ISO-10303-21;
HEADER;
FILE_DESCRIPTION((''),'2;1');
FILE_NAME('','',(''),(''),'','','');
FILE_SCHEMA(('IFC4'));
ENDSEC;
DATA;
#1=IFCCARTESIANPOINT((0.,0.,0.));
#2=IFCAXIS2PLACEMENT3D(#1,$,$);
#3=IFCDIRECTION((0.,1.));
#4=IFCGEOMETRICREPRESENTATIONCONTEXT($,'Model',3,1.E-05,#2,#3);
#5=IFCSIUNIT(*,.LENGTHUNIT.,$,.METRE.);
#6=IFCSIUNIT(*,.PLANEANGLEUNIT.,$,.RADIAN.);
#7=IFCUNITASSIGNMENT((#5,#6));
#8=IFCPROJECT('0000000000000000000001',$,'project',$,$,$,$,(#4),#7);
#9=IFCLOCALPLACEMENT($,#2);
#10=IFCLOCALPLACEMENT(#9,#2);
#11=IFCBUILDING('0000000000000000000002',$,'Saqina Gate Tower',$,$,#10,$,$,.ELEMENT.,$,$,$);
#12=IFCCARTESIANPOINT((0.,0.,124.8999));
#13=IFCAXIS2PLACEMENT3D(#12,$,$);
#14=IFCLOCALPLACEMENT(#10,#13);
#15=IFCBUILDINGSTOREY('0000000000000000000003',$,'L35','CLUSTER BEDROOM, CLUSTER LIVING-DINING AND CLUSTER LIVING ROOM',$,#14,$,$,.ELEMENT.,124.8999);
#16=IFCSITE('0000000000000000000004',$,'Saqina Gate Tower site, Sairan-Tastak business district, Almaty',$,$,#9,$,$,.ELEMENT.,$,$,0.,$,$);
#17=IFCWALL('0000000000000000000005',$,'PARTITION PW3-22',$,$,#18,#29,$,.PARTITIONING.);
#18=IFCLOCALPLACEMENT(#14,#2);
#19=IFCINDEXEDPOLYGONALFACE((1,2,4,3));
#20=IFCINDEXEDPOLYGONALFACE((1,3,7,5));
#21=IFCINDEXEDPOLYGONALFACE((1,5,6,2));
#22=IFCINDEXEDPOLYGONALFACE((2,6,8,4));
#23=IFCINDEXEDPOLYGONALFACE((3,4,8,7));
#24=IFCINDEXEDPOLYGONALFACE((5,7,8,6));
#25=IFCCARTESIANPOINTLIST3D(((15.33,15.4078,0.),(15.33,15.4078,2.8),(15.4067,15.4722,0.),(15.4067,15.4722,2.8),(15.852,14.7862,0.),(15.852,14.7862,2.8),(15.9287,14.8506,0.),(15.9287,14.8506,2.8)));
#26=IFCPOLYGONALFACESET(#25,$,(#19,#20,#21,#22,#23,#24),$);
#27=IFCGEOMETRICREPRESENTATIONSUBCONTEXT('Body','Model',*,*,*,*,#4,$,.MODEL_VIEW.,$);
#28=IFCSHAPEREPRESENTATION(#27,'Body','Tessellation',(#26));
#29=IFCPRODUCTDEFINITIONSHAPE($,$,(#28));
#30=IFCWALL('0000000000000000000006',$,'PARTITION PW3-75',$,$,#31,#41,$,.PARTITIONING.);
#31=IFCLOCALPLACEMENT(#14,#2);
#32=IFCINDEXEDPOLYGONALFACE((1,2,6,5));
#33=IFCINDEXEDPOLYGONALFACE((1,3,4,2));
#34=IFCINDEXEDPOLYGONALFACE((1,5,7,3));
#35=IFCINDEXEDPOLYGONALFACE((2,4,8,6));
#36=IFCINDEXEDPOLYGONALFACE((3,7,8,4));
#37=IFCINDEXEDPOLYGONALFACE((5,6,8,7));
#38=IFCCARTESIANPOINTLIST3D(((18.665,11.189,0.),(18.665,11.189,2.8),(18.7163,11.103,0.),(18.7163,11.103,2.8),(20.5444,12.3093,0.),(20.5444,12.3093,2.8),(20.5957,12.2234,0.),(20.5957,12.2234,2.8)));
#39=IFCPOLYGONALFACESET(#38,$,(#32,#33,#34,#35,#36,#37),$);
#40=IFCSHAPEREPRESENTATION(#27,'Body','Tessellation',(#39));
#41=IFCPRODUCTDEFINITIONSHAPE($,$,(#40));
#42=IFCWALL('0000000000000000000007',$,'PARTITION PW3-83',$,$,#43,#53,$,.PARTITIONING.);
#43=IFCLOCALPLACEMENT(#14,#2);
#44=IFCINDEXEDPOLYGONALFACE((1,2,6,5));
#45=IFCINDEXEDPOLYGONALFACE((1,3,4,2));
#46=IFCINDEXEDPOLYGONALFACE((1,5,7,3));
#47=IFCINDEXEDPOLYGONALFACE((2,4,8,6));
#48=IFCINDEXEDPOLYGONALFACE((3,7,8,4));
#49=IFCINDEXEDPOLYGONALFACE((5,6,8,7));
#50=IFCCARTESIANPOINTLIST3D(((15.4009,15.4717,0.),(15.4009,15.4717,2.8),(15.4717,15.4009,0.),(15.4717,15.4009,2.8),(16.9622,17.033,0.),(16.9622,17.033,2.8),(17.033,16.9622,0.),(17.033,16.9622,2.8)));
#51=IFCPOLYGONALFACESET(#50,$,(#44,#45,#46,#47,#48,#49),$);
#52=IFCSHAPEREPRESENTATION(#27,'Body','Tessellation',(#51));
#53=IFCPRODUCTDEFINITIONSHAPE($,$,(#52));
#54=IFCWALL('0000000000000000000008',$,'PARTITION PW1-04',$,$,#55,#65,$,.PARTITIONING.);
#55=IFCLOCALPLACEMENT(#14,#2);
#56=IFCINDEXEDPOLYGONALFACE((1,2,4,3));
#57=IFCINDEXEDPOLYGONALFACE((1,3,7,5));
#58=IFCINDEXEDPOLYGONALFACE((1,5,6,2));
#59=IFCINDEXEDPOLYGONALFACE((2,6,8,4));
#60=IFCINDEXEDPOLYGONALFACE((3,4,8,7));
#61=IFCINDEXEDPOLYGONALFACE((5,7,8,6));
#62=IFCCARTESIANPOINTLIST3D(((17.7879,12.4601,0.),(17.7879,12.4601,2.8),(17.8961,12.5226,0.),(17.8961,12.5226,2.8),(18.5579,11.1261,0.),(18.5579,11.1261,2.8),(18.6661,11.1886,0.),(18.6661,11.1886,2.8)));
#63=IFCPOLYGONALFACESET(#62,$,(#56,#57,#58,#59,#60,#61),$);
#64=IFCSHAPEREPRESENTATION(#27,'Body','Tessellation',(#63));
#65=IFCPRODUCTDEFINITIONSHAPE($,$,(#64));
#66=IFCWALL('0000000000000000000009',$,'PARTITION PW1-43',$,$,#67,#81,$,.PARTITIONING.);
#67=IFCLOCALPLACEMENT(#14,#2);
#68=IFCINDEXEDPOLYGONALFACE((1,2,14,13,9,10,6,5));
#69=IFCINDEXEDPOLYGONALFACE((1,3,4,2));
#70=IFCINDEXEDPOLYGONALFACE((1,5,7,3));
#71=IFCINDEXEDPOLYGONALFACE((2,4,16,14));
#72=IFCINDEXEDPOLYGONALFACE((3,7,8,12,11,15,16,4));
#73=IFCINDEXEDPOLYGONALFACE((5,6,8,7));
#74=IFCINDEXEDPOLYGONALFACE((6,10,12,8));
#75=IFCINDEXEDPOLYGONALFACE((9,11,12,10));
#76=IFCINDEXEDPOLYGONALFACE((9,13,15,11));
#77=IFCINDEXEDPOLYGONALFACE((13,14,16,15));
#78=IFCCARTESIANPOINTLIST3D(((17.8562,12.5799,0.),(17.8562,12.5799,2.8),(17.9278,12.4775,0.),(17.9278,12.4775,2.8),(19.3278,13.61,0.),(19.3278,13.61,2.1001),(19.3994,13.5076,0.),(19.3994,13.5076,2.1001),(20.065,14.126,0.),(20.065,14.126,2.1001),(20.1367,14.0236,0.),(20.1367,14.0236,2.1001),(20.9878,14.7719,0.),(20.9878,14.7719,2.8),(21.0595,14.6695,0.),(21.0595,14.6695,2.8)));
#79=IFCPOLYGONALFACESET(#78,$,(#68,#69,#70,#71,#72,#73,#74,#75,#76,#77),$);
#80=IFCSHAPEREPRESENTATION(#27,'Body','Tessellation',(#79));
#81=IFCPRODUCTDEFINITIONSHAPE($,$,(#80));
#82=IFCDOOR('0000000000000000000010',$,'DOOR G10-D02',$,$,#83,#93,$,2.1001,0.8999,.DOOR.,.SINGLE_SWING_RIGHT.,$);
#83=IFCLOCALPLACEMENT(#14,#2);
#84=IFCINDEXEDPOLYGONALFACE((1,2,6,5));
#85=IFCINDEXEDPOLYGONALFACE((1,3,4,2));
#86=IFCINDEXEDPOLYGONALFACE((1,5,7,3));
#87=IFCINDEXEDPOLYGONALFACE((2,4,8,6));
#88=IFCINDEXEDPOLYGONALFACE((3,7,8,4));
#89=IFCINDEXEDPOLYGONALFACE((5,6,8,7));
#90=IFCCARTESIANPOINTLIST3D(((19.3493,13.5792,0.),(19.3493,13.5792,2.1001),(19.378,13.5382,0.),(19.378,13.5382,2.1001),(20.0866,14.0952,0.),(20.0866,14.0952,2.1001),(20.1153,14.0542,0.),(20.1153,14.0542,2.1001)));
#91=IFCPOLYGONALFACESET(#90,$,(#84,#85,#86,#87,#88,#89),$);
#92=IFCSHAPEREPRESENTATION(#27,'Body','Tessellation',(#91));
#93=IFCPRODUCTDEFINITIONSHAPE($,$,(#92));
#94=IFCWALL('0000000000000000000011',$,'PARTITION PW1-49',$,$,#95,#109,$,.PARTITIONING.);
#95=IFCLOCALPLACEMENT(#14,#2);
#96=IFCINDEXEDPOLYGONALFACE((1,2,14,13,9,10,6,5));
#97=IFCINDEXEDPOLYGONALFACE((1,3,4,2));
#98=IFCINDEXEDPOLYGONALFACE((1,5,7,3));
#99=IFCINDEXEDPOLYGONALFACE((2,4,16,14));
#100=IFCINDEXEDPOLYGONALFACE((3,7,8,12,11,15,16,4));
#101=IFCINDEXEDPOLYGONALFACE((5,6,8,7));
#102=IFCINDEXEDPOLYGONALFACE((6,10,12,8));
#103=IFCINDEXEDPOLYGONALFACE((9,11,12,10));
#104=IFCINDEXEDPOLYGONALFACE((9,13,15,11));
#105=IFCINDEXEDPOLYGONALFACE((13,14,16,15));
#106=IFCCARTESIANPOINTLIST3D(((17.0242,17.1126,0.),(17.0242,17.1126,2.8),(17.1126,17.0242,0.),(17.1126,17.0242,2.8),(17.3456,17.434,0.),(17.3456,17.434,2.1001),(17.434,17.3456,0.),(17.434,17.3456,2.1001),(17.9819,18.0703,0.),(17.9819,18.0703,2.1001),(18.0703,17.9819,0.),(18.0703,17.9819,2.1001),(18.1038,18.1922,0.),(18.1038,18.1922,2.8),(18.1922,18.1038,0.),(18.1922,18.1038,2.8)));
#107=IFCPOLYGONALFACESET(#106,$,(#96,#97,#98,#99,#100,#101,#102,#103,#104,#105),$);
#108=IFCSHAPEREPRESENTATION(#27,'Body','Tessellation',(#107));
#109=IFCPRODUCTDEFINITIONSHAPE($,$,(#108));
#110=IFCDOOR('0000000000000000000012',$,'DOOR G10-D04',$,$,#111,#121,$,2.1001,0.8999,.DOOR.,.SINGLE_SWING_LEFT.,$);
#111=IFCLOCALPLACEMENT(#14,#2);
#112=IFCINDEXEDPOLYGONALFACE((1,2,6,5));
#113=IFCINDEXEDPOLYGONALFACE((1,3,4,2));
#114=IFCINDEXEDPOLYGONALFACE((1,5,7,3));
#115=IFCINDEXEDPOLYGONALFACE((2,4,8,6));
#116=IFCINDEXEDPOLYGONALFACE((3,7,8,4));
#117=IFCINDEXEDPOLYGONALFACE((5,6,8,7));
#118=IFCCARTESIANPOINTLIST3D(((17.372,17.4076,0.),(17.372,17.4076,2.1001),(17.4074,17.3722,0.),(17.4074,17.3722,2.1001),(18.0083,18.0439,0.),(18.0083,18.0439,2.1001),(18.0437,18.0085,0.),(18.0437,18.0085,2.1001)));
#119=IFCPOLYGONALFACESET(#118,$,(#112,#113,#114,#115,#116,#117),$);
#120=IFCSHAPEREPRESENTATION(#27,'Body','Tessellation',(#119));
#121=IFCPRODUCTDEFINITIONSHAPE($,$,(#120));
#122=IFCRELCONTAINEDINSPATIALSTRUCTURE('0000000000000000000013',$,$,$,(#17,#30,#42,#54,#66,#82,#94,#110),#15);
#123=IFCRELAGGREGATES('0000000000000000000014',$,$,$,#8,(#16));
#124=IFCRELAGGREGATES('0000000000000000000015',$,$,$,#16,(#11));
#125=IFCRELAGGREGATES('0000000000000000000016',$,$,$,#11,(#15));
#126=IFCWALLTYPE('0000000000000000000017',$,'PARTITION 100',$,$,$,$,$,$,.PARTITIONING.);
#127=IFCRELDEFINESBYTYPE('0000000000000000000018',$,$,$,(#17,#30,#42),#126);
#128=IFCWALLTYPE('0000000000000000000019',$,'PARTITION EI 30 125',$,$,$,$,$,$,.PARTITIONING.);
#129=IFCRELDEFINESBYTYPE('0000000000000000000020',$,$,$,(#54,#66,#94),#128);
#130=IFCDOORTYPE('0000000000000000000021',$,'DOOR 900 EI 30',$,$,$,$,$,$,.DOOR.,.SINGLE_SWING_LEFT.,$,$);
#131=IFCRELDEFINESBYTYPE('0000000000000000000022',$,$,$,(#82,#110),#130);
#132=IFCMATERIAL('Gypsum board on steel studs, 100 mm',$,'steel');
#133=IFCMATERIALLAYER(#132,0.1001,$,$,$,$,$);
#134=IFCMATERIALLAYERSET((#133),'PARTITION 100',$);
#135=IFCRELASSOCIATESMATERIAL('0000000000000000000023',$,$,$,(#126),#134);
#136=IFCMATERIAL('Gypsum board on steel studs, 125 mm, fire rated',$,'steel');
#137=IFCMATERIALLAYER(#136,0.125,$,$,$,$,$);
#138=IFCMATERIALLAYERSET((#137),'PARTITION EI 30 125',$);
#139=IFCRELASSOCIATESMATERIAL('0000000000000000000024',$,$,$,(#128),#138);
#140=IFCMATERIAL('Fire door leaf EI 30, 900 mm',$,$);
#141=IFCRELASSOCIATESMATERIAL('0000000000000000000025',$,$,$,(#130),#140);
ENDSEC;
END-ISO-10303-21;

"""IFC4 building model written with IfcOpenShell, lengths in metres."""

from ifc_helpers import new_model, si_unit, direction, frame, frame_2d, origin, place, context, subcontext, project, spatial, rectangle, extrude, material, layer, layer_set, type_object, element, fill, save


model = new_model("IFC4")

# Units and contexts
model_context = context("Model", 3, precision=1e-05, world=origin(), true_north=direction((0.0, 1.0)))
body_context = subcontext(model_context, "Body", "Model", "MODEL_VIEW")
ifc_project = project(units=[si_unit("LENGTHUNIT", "METRE"), si_unit("PLANEANGLEUNIT", "RADIAN")], contexts=[model_context])

# Site, building, storey
site_placement = place(None, origin())
site = spatial("IfcSite", under=ifc_project, at=site_placement, Name="Saqina Gate Tower site, Sairan-Tastak business district, Almaty", CompositionType="ELEMENT", RefElevation=0.0)
building_placement = place(site_placement, origin())
building = spatial("IfcBuilding", under=site, at=building_placement, Name="Saqina Gate Tower", CompositionType="ELEMENT")
storey_placement = place(building_placement, frame((0.0, 0.0, 124.8999)))
storey = spatial("IfcBuildingStorey", under=building, at=storey_placement, Name="L35", Description="CLUSTER BEDROOM, CLUSTER LIVING-DINING AND CLUSTER LIVING ROOM", CompositionType="ELEMENT", Elevation=124.8999)

# Shared definitions
ifc_material_1 = material(Name="Gypsum board on steel studs, 100 mm", Category="steel")
ifc_layer_1 = layer(ifc_material_1, 0.1001)
ifc_layer_set_1 = layer_set([ifc_layer_1], Name="PARTITION 100")
wall_type_1 = type_object("IfcWallType", Name="PARTITION 100", PredefinedType="PARTITIONING", material=ifc_layer_set_1)

# Walls
wall_1_placement = place(storey_placement, frame((15.3684, 15.4399, 0.0), z_axis=(0.0, 0.0, 1.0), x_axis=(0.643079, -0.7658, 0.0)))
element("IfcWall", 1, at=wall_1_placement, inside=storey, type_object=wall_type_1, Name="PARTITION PW3-22", PredefinedType="PARTITIONING", context=body_context, shape_type="SweptSolid", body=[
    extrude(rectangle(XDim=0.8118, YDim=0.1001, at=frame_2d((0.4058, 0.0))), origin(), (0.0, 0.0, 1.0), 2.8),
])
wall_2_placement = place(storey_placement, frame((18.6907, 11.146, 0.0), z_axis=(0.0, 0.0, 1.0), x_axis=(0.858956, 0.512049, 0.0)))
element("IfcWall", 2, at=wall_2_placement, inside=storey, type_object=wall_type_1, Name="PARTITION PW3-75", PredefinedType="PARTITIONING", context=body_context, shape_type="SweptSolid", body=[
    extrude(rectangle(XDim=2.188, YDim=0.1001, at=frame_2d((1.094, 0.0))), origin(), (0.0, 0.0, 1.0), 2.8),
])
wall_3_placement = place(storey_placement, frame((15.4363, 15.4363, 0.0), z_axis=(0.0, 0.0, 1.0), x_axis=(0.707107, 0.707107, 0.0)))
element("IfcWall", 3, at=wall_3_placement, inside=storey, type_object=wall_type_1, Name="PARTITION PW3-83", PredefinedType="PARTITIONING", context=body_context, shape_type="SweptSolid", body=[
    extrude(rectangle(XDim=2.208, YDim=0.1001, at=frame_2d((1.104, 0.0))), origin(), (0.0, 0.0, 1.0), 2.8),
])
ifc_material_2 = material(Name="Gypsum board on steel studs, 125 mm, fire rated", Category="steel")
ifc_layer_2 = layer(ifc_material_2, 0.125)
ifc_layer_set_2 = layer_set([ifc_layer_2], Name="PARTITION EI 30 125")
wall_type_2 = type_object("IfcWallType", Name="PARTITION EI 30 125", PredefinedType="PARTITIONING", material=ifc_layer_set_2)
wall_4_placement = place(storey_placement, frame((17.842, 12.4912, 0.0), z_axis=(0.0, 0.0, 1.0), x_axis=(0.499924, -0.866069, 0.0)))
element("IfcWall", 4, at=wall_4_placement, inside=storey, type_object=wall_type_2, Name="PARTITION PW1-04", PredefinedType="PARTITIONING", context=body_context, shape_type="SweptSolid", body=[
    extrude(rectangle(XDim=1.5403, YDim=0.125, at=frame_2d((0.77, 0.0))), origin(), (0.0, 0.0, 1.0), 2.8),
])

# Walls, openings, doors
wall_5_placement = place(storey_placement, frame((17.8921, 12.5288, 0.0), z_axis=(0.0, 0.0, 1.0), x_axis=(0.819259, 0.573424, 0.0)))
wall_5 = element("IfcWall", 5, at=wall_5_placement, inside=storey, type_object=wall_type_2, Name="PARTITION PW1-43", PredefinedType="PARTITIONING", context=body_context, shape_type="SweptSolid", body=[
    extrude(rectangle(XDim=3.8225, YDim=0.125, at=frame_2d((1.9111, 0.0))), origin(), (0.0, 0.0, 1.0), 2.8),
])
opening_1_placement = place(wall_5_placement, frame((1.7961, 0.0, 0.0)))
opening_1 = element("IfcOpeningElement", 6, at=opening_1_placement, cuts=wall_5, PredefinedType="OPENING", context=body_context, shape_type="SweptSolid", body=[
    extrude(rectangle(XDim=0.8999, YDim=2.1001, at=frame_2d((0.45, 1.05))), frame((0.0, 0.0745, 0.0), z_axis=(0.0, -1.0, 0.0), x_axis=(1.0, 0.0, 0.0)), (0.0, 0.0, 1.0), 0.1489),
])
ifc_material_3 = material(Name="Fire door leaf EI 30, 900 mm")
door_type_1 = type_object("IfcDoorType", Name="DOOR 900 EI 30", OperationType="SINGLE_SWING_LEFT", PredefinedType="DOOR", material=ifc_material_3)
door_1_placement = place(opening_1_placement, origin())
door_1 = element("IfcDoor", 7, at=door_1_placement, inside=storey, type_object=door_type_1, Name="DOOR G10-D02", OperationType="SINGLE_SWING_RIGHT", OverallHeight=2.1001, OverallWidth=0.8999, PredefinedType="DOOR", context=body_context, shape_type="SweptSolid", body=[
    extrude(rectangle(XDim=0.8999, YDim=2.1001, at=frame_2d((0.45, 1.05))), frame((0.0, 0.0249, 0.0), z_axis=(0.0, -1.0, 0.0), x_axis=(1.0, 0.0, 0.0)), (0.0, 0.0, 1.0), 0.05),
])
fill(opening_1, door_1)
wall_6_placement = place(storey_placement, frame((17.0684, 17.0684, 0.0), z_axis=(0.0, 0.0, 1.0), x_axis=(0.707107, 0.707107, 0.0)))
wall_6 = element("IfcWall", 8, at=wall_6_placement, inside=storey, type_object=wall_type_2, Name="PARTITION PW1-49", PredefinedType="PARTITIONING", context=body_context, shape_type="SweptSolid", body=[
    extrude(rectangle(XDim=1.5269, YDim=0.125, at=frame_2d((0.7634, 0.0))), origin(), (0.0, 0.0, 1.0), 2.8),
])
opening_2_placement = place(wall_6_placement, frame((0.4546, 0.0, 0.0)))
opening_2 = element("IfcOpeningElement", 9, at=opening_2_placement, cuts=wall_6, PredefinedType="OPENING", context=body_context, shape_type="SweptSolid", body=[
    extrude(rectangle(XDim=0.8999, YDim=2.1001, at=frame_2d((0.45, 1.05))), frame((0.0, 0.0745, 0.0), z_axis=(0.0, -1.0, 0.0), x_axis=(1.0, 0.0, 0.0)), (0.0, 0.0, 1.0), 0.1489),
])
door_2_placement = place(opening_2_placement, frame((0.8999, 0.0, 0.0), z_axis=(0.0, 0.0, 1.0), x_axis=(-1.0, 0.0, 0.0)))
door_2 = element("IfcDoor", 10, at=door_2_placement, inside=storey, type_object=door_type_1, Name="DOOR G10-D04", OperationType="SINGLE_SWING_LEFT", OverallHeight=2.1001, OverallWidth=0.8999, PredefinedType="DOOR", context=body_context, shape_type="SweptSolid", body=[
    extrude(rectangle(XDim=0.8999, YDim=2.1001, at=frame_2d((0.45, 1.05))), frame((0.0, 0.0249, 0.0), z_axis=(0.0, -1.0, 0.0), x_axis=(1.0, 0.0, 0.0)), (0.0, 0.0, 1.0), 0.05),
])
fill(opening_2, door_2)

save(model, "model.ifc")
